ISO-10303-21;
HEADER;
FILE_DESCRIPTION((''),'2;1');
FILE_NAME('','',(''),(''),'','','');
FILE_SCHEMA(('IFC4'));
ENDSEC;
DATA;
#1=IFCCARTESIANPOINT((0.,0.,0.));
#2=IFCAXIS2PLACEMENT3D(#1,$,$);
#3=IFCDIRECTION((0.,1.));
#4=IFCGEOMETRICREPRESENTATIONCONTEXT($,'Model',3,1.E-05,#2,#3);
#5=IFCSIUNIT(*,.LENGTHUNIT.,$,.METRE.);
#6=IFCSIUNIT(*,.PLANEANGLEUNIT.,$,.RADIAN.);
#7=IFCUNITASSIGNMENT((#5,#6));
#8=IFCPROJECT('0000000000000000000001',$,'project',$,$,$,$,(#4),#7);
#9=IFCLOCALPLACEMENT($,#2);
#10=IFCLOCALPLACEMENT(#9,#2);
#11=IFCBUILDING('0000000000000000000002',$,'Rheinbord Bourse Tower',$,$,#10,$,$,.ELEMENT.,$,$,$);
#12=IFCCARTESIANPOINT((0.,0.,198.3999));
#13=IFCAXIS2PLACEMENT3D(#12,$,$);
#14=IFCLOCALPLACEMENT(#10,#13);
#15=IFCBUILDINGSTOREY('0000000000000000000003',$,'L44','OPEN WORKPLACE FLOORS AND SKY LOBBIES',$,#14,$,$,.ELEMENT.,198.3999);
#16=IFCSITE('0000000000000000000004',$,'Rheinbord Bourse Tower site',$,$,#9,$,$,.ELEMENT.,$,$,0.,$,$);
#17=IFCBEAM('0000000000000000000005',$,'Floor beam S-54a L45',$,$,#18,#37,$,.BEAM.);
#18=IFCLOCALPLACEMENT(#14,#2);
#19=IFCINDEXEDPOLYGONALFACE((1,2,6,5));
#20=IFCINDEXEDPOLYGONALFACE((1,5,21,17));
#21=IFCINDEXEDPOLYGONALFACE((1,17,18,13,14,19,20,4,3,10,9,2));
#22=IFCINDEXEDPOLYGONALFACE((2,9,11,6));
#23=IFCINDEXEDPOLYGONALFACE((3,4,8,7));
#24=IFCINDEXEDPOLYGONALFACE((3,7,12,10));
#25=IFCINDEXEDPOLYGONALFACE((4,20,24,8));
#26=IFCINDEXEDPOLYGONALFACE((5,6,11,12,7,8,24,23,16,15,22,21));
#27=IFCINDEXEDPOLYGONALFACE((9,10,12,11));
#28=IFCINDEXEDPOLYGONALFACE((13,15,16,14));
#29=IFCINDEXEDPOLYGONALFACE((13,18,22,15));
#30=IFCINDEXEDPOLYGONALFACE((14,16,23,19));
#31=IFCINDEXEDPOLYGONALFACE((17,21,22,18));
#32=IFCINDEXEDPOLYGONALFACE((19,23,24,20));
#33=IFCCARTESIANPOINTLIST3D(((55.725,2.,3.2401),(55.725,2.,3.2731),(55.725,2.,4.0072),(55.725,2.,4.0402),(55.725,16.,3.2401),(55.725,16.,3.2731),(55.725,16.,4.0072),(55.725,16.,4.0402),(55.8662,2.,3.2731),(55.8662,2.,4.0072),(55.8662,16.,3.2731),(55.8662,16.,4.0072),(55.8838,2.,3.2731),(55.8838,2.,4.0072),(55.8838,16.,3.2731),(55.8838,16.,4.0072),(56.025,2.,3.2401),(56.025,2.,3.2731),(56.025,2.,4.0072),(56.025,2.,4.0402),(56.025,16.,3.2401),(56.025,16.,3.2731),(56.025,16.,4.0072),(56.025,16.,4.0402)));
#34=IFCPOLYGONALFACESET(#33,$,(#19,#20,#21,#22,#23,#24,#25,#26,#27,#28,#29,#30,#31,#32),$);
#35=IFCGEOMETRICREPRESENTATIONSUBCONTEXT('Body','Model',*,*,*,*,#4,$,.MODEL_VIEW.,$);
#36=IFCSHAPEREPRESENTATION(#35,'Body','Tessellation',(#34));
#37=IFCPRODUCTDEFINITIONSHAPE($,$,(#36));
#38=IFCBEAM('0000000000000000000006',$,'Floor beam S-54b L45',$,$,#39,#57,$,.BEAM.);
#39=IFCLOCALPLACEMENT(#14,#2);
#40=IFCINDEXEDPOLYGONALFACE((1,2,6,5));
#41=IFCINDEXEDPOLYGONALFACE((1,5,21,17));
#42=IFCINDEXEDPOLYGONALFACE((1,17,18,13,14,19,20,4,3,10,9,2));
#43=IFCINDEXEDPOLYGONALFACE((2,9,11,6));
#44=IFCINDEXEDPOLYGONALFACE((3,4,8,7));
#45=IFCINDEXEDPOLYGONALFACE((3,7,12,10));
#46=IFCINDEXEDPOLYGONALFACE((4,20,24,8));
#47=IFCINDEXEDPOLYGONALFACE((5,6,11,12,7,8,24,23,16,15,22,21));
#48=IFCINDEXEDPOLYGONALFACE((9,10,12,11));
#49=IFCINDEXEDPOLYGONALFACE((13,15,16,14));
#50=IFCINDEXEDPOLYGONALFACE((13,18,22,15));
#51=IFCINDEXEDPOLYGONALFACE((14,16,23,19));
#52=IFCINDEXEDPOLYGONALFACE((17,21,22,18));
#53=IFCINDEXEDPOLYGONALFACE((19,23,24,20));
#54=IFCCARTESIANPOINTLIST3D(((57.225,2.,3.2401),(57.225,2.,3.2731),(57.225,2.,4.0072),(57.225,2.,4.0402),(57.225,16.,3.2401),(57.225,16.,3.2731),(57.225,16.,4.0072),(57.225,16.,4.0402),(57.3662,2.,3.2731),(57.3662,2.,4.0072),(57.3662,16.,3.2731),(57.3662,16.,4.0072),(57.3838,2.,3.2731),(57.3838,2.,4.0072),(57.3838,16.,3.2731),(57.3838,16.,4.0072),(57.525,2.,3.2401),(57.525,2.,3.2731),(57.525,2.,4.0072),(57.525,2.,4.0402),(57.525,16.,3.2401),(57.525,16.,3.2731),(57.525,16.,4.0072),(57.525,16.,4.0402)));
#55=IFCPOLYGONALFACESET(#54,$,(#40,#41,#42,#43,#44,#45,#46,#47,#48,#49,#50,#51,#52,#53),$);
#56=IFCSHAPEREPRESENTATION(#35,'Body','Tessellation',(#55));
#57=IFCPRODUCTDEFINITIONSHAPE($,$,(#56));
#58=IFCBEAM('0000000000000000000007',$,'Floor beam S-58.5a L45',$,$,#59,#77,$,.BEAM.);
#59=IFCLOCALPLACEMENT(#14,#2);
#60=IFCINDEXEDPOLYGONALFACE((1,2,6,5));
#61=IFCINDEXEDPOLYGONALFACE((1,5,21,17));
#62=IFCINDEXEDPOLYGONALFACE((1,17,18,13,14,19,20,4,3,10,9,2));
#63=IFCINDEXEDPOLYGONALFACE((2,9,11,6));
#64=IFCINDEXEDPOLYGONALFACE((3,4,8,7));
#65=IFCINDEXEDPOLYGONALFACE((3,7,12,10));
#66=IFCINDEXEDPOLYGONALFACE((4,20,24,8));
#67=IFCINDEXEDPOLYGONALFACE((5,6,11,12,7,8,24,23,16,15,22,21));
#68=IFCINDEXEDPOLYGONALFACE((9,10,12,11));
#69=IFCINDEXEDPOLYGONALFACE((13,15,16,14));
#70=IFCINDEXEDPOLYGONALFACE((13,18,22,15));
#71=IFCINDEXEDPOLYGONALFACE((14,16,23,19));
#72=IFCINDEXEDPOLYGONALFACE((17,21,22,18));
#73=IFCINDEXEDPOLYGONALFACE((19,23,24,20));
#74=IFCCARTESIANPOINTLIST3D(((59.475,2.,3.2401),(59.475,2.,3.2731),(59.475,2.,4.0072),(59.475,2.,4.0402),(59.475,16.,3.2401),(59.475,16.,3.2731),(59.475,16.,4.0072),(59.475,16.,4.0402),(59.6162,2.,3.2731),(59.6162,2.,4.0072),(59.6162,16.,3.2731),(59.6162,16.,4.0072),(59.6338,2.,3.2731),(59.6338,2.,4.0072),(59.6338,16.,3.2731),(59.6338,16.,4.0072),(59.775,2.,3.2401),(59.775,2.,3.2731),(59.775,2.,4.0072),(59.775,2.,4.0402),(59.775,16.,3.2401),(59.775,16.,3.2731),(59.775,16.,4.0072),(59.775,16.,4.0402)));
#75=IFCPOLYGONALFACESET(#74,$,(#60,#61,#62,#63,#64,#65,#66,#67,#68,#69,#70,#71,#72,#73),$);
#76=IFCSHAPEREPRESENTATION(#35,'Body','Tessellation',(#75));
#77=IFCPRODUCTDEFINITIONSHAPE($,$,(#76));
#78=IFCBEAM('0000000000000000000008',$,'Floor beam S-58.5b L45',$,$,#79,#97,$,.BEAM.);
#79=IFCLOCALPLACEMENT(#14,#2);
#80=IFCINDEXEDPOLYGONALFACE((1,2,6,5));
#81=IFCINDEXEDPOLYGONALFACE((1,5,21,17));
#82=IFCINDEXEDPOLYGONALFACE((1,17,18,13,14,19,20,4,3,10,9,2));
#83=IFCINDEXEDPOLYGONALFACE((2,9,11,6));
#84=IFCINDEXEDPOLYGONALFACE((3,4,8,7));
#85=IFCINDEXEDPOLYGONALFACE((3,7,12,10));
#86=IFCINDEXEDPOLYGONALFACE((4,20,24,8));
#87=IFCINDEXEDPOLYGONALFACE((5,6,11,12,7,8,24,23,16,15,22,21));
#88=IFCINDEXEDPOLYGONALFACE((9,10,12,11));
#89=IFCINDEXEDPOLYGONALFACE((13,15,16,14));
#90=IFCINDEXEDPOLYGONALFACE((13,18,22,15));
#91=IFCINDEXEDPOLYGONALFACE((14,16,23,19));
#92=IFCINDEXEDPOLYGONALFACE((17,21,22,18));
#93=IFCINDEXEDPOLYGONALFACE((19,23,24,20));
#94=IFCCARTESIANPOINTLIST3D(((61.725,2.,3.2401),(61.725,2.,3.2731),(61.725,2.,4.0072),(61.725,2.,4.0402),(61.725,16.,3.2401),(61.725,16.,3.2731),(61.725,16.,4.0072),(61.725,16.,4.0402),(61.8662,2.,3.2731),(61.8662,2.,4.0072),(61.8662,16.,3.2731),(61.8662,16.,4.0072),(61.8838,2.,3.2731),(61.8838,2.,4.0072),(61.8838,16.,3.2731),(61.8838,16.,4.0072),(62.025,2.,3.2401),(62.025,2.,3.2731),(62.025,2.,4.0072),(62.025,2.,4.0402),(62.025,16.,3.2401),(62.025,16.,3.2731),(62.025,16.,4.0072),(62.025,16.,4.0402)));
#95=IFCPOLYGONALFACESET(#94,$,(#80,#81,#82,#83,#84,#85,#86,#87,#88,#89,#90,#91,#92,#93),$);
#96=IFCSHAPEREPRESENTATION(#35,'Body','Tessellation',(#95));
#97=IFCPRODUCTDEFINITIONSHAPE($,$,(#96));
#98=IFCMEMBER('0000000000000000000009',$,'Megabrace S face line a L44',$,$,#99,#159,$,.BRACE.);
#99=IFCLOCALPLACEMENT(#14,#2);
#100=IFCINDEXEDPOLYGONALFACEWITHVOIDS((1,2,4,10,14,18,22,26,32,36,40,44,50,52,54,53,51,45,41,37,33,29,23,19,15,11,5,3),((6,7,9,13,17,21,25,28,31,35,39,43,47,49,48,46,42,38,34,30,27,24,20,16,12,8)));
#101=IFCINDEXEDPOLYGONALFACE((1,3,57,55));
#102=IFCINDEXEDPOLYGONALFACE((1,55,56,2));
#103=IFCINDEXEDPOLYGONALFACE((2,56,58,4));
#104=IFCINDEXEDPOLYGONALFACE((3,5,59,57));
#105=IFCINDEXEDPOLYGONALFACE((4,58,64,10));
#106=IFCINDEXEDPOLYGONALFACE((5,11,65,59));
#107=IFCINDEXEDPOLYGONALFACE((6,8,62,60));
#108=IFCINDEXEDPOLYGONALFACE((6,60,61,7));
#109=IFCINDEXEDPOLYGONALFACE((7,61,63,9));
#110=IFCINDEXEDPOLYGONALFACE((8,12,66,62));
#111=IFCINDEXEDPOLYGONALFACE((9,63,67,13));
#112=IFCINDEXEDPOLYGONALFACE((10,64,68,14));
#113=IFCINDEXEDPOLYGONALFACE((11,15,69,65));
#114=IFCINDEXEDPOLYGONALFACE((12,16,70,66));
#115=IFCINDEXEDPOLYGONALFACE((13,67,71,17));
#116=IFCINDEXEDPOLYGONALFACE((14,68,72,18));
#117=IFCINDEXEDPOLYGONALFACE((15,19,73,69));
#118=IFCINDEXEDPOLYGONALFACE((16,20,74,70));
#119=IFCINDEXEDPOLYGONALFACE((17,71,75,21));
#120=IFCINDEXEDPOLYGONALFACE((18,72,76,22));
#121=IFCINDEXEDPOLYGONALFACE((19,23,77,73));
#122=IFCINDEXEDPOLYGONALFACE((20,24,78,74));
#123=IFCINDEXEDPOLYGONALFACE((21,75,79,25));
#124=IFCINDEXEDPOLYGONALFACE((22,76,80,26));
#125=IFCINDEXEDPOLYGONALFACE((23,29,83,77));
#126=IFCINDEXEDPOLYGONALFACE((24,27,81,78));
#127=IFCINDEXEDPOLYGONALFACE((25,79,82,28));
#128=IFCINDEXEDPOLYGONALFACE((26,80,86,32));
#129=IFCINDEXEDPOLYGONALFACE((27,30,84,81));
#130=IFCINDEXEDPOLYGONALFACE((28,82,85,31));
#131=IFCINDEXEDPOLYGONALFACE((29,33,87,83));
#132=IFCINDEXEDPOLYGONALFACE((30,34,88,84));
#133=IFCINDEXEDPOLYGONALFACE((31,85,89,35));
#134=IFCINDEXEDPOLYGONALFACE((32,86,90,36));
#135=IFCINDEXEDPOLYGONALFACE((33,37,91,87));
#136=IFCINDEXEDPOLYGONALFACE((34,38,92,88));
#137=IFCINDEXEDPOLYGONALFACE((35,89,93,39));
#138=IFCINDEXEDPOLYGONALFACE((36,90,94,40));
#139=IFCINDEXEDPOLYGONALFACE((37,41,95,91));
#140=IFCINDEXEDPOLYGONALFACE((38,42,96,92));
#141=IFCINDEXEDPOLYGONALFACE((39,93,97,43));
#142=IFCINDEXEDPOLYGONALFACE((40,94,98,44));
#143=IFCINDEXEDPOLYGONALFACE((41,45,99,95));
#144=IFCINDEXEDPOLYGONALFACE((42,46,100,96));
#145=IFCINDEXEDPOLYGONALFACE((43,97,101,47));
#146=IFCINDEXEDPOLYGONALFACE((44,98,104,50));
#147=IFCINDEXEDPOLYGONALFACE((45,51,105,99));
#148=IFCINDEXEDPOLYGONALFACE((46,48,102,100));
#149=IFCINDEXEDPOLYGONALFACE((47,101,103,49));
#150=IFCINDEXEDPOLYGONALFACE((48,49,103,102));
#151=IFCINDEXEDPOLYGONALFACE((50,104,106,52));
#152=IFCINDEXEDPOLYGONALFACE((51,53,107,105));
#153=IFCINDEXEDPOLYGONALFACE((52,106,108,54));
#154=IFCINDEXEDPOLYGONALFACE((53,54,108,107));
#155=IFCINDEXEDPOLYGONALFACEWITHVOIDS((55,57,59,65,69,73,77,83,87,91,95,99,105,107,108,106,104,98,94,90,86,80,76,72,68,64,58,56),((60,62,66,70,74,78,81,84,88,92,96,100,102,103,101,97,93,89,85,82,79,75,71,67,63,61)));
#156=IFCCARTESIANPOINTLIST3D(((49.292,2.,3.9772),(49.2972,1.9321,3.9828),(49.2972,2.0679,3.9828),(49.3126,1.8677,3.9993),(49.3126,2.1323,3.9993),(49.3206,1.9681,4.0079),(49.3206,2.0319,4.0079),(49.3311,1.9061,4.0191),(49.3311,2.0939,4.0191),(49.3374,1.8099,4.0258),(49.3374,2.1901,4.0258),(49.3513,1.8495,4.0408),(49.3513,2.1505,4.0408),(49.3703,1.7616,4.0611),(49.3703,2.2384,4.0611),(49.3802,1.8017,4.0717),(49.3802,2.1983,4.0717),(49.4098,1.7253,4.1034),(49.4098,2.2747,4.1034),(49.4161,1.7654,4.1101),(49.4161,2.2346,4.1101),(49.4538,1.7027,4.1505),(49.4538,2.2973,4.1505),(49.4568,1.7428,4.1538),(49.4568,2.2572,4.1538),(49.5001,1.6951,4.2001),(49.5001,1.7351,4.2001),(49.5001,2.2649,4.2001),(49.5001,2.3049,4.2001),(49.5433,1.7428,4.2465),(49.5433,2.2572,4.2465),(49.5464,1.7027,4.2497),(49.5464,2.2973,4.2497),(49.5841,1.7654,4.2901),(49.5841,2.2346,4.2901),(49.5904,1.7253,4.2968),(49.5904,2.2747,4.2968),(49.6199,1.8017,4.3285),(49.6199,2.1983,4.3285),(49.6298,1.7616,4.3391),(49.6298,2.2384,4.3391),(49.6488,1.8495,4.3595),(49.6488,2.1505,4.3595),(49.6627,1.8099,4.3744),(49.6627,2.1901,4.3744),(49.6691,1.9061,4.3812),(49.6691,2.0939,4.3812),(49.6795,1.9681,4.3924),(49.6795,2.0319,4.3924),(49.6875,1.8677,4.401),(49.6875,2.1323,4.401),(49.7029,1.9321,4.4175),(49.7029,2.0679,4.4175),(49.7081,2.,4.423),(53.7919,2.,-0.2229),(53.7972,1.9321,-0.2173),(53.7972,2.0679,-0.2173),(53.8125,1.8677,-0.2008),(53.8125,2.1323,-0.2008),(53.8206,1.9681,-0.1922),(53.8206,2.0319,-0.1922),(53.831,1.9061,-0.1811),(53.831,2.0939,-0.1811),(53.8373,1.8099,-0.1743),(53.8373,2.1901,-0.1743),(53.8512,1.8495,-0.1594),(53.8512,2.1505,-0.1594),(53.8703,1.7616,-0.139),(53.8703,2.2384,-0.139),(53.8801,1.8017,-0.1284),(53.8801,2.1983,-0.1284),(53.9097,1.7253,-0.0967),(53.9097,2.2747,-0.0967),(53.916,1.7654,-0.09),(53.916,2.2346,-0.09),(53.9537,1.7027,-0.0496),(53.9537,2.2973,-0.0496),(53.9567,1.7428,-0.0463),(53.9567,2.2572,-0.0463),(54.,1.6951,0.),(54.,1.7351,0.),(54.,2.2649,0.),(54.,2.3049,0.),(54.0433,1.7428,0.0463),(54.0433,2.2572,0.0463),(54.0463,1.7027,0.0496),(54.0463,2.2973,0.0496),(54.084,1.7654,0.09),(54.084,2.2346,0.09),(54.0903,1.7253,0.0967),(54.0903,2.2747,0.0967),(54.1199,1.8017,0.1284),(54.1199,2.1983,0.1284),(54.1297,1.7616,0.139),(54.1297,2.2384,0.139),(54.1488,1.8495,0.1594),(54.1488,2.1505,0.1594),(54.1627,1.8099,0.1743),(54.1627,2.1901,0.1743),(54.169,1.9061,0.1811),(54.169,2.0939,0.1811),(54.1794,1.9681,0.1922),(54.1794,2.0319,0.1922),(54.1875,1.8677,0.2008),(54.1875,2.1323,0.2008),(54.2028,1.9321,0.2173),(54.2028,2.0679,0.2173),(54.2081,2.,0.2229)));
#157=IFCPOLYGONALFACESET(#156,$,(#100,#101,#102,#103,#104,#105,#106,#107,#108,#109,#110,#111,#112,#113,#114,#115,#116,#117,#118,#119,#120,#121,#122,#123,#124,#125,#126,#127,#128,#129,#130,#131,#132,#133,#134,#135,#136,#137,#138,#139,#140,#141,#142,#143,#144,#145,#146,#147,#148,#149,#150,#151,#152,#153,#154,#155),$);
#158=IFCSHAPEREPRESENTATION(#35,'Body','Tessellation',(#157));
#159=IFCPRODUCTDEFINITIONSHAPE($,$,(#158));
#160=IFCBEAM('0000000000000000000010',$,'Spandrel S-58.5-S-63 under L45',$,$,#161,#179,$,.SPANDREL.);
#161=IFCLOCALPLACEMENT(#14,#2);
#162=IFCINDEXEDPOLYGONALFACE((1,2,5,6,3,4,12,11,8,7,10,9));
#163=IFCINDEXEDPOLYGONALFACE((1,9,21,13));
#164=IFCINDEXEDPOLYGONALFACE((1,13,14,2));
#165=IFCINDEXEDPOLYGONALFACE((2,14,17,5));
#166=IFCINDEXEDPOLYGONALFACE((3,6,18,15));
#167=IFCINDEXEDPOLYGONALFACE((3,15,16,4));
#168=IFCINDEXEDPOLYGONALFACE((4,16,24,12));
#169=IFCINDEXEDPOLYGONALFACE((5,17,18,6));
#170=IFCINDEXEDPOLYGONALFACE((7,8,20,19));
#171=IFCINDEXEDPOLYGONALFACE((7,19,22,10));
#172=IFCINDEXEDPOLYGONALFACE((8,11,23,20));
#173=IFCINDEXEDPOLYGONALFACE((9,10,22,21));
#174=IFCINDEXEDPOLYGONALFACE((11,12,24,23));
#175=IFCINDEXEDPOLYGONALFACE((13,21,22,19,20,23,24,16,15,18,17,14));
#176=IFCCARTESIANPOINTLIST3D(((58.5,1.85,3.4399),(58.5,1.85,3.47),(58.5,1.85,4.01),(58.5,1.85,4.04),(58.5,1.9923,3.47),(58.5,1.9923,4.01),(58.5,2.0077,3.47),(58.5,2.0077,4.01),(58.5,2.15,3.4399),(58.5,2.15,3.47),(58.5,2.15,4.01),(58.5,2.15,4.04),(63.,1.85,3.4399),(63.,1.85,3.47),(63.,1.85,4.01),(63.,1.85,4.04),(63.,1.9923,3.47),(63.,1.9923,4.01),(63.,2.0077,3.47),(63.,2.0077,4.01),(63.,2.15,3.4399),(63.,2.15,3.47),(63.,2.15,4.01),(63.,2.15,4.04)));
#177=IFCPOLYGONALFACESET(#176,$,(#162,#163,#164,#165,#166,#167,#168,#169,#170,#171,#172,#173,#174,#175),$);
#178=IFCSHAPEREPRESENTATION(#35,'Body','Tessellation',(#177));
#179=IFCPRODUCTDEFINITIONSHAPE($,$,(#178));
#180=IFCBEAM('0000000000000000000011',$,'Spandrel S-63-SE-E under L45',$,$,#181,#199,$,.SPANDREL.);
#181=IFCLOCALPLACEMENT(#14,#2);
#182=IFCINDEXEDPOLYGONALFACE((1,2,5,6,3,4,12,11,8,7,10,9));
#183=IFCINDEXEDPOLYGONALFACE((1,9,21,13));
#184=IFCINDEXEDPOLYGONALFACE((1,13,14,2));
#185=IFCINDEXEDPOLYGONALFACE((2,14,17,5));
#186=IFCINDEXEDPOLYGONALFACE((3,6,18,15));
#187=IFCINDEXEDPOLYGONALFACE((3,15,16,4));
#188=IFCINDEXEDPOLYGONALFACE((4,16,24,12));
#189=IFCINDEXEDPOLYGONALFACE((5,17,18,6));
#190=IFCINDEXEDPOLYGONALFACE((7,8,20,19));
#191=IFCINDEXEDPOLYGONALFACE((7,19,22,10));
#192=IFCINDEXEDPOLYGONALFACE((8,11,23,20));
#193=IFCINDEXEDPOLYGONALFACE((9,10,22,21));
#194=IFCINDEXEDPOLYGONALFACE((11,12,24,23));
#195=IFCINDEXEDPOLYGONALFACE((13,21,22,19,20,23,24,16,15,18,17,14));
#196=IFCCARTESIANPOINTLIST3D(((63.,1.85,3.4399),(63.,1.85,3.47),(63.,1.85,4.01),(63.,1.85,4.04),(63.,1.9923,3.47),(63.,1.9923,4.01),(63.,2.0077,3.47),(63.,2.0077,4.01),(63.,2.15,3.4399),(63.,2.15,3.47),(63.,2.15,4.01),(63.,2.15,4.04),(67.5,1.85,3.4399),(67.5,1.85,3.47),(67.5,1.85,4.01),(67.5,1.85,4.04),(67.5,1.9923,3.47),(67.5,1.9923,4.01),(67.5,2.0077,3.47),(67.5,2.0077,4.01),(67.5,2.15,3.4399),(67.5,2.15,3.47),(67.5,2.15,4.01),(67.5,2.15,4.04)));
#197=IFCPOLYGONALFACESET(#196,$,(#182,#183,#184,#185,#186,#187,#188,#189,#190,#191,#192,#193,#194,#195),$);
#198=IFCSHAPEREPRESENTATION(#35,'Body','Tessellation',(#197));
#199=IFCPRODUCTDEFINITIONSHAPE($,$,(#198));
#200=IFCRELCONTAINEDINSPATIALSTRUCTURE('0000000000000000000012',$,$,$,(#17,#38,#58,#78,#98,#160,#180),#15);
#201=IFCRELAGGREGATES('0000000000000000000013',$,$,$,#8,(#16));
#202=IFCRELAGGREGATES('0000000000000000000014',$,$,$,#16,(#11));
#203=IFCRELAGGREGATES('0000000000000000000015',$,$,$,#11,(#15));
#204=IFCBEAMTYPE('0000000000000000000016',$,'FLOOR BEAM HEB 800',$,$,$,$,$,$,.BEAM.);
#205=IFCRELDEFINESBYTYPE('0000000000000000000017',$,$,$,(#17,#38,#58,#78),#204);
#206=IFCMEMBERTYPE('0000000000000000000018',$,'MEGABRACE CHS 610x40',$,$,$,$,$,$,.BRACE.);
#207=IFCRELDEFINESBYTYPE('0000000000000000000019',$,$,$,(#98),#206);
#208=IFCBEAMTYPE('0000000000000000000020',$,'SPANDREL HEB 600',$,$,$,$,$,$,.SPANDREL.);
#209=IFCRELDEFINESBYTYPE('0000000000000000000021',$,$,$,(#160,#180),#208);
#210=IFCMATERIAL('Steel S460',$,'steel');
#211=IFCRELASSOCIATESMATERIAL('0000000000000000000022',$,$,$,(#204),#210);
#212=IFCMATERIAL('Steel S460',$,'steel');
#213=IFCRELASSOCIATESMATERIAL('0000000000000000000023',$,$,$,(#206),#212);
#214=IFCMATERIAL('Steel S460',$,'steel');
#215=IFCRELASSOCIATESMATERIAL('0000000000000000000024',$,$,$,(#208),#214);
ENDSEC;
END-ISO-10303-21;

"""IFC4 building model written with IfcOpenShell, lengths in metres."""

from ifc_helpers import new_model, si_unit, direction, frame, origin, origin_2d, place, context, subcontext, project, spatial, hollow_circle, i_section, extrude, material, material_profile, profile_set, type_object, element, save


model = new_model("IFC4")

# Units and contexts
model_context = context("Model", 3, precision=1e-05, world=origin(), true_north=direction((0.0, 1.0)))
body_context = subcontext(model_context, "Body", "Model", "MODEL_VIEW")
ifc_project = project(units=[si_unit("LENGTHUNIT", "METRE"), si_unit("PLANEANGLEUNIT", "RADIAN")], contexts=[model_context])

# Site, building, storey
site_placement = place(None, origin())
site = spatial("IfcSite", under=ifc_project, at=site_placement, Name="Rheinbord Bourse Tower site", CompositionType="ELEMENT", RefElevation=0.0)
building_placement = place(site_placement, origin())
building = spatial("IfcBuilding", under=site, at=building_placement, Name="Rheinbord Bourse Tower", CompositionType="ELEMENT")
storey_placement = place(building_placement, frame((0.0, 0.0, 198.3999)))
storey = spatial("IfcBuildingStorey", under=building, at=storey_placement, Name="L44", Description="OPEN WORKPLACE FLOORS AND SKY LOBBIES", CompositionType="ELEMENT", Elevation=198.3999)

# Beams
ifc_material_1 = material(Name="Steel S460", Category="steel")
ifc_material_profile_1 = material_profile(ifc_material_1, i_section(OverallWidth=0.3, OverallDepth=0.8, WebThickness=0.0176, FlangeThickness=0.033, at=origin_2d()), Name="HEB 800")
ifc_profile_set_1 = profile_set([ifc_material_profile_1], Name="Steel S460")
beam_type_1 = type_object("IfcBeamType", Name="FLOOR BEAM HEB 800", PredefinedType="BEAM", material=ifc_profile_set_1)
for number, where, z_axis, x_axis, name in (
    (1, (55.875, 2.0, 3.6401), (0.0, 1.0, 0.0), (-1.0, 0.0, 0.0), "Floor beam S-54a L45"),
    (2, (57.375, 2.0, 3.6401), (0.0, 1.0, 0.0), (-1.0, 0.0, 0.0), "Floor beam S-54b L45"),
    (3, (59.625, 2.0, 3.6401), (0.0, 1.0, 0.0), (-1.0, 0.0, 0.0), "Floor beam S-58.5a L45"),
    (4, (61.875, 2.0, 3.6401), (0.0, 1.0, 0.0), (-1.0, 0.0, 0.0), "Floor beam S-58.5b L45"),
):
    element("IfcBeam", number, at=place(storey_placement, frame(where, z_axis=z_axis, x_axis=x_axis)), inside=storey, type_object=beam_type_1, Name=name, PredefinedType="BEAM", context=body_context, shape_type="SweptSolid", body=[
        extrude(i_section(OverallWidth=0.3, OverallDepth=0.8, WebThickness=0.0176, FlangeThickness=0.033, at=origin_2d()), origin(), (0.0, 0.0, 1.0), 14.0),
    ])

# Member
ifc_material_2 = material(Name="Steel S460", Category="steel")
ifc_material_profile_2 = material_profile(ifc_material_2, hollow_circle(Radius=0.3049, WallThickness=0.04, at=origin_2d()), Name="CHS 610x40")
ifc_profile_set_2 = profile_set([ifc_material_profile_2], Name="Steel S460")
member_type_1 = type_object("IfcMemberType", Name="MEGABRACE CHS 610x40", PredefinedType="BRACE", material=ifc_profile_set_2)
member_1_placement = place(storey_placement, frame((54.0, 2.0, 0.0), z_axis=(-0.731039, 0.0, 0.682335), x_axis=(0.0, -1.0, 0.0)))
element("IfcMember", 5, at=member_1_placement, inside=storey, type_object=member_type_1, Name="Megabrace S face line a L44", PredefinedType="BRACE", context=body_context, shape_type="SweptSolid", body=[
    extrude(hollow_circle(Radius=0.3049, WallThickness=0.04, at=origin_2d()), origin(), (0.0, 0.0, 1.0), 6.1555),
])

# Beams
ifc_material_3 = material(Name="Steel S460", Category="steel")
ifc_material_profile_3 = material_profile(ifc_material_3, i_section(OverallWidth=0.3, OverallDepth=0.6001, WebThickness=0.0154, FlangeThickness=0.03, at=origin_2d()), Name="HEB 600")
ifc_profile_set_3 = profile_set([ifc_material_profile_3], Name="Steel S460")
beam_type_2 = type_object("IfcBeamType", Name="SPANDREL HEB 600", PredefinedType="SPANDREL", material=ifc_profile_set_3)
for number, where, z_axis, x_axis, name in (
    (6, (58.5, 2.0, 3.74), (1.0, 0.0, 0.0), (0.0, 1.0, 0.0), "Spandrel S-58.5-S-63 under L45"),
    (7, (63.0, 2.0, 3.74), (1.0, 0.0, 0.0), (0.0, 1.0, 0.0), "Spandrel S-63-SE-E under L45"),
):
    element("IfcBeam", number, at=place(storey_placement, frame(where, z_axis=z_axis, x_axis=x_axis)), inside=storey, type_object=beam_type_2, Name=name, PredefinedType="SPANDREL", context=body_context, shape_type="SweptSolid", body=[
        extrude(i_section(OverallWidth=0.3, OverallDepth=0.6001, WebThickness=0.0154, FlangeThickness=0.03, at=origin_2d()), origin(), (0.0, 0.0, 1.0), 4.5),
    ])

save(model, "model.ifc")
